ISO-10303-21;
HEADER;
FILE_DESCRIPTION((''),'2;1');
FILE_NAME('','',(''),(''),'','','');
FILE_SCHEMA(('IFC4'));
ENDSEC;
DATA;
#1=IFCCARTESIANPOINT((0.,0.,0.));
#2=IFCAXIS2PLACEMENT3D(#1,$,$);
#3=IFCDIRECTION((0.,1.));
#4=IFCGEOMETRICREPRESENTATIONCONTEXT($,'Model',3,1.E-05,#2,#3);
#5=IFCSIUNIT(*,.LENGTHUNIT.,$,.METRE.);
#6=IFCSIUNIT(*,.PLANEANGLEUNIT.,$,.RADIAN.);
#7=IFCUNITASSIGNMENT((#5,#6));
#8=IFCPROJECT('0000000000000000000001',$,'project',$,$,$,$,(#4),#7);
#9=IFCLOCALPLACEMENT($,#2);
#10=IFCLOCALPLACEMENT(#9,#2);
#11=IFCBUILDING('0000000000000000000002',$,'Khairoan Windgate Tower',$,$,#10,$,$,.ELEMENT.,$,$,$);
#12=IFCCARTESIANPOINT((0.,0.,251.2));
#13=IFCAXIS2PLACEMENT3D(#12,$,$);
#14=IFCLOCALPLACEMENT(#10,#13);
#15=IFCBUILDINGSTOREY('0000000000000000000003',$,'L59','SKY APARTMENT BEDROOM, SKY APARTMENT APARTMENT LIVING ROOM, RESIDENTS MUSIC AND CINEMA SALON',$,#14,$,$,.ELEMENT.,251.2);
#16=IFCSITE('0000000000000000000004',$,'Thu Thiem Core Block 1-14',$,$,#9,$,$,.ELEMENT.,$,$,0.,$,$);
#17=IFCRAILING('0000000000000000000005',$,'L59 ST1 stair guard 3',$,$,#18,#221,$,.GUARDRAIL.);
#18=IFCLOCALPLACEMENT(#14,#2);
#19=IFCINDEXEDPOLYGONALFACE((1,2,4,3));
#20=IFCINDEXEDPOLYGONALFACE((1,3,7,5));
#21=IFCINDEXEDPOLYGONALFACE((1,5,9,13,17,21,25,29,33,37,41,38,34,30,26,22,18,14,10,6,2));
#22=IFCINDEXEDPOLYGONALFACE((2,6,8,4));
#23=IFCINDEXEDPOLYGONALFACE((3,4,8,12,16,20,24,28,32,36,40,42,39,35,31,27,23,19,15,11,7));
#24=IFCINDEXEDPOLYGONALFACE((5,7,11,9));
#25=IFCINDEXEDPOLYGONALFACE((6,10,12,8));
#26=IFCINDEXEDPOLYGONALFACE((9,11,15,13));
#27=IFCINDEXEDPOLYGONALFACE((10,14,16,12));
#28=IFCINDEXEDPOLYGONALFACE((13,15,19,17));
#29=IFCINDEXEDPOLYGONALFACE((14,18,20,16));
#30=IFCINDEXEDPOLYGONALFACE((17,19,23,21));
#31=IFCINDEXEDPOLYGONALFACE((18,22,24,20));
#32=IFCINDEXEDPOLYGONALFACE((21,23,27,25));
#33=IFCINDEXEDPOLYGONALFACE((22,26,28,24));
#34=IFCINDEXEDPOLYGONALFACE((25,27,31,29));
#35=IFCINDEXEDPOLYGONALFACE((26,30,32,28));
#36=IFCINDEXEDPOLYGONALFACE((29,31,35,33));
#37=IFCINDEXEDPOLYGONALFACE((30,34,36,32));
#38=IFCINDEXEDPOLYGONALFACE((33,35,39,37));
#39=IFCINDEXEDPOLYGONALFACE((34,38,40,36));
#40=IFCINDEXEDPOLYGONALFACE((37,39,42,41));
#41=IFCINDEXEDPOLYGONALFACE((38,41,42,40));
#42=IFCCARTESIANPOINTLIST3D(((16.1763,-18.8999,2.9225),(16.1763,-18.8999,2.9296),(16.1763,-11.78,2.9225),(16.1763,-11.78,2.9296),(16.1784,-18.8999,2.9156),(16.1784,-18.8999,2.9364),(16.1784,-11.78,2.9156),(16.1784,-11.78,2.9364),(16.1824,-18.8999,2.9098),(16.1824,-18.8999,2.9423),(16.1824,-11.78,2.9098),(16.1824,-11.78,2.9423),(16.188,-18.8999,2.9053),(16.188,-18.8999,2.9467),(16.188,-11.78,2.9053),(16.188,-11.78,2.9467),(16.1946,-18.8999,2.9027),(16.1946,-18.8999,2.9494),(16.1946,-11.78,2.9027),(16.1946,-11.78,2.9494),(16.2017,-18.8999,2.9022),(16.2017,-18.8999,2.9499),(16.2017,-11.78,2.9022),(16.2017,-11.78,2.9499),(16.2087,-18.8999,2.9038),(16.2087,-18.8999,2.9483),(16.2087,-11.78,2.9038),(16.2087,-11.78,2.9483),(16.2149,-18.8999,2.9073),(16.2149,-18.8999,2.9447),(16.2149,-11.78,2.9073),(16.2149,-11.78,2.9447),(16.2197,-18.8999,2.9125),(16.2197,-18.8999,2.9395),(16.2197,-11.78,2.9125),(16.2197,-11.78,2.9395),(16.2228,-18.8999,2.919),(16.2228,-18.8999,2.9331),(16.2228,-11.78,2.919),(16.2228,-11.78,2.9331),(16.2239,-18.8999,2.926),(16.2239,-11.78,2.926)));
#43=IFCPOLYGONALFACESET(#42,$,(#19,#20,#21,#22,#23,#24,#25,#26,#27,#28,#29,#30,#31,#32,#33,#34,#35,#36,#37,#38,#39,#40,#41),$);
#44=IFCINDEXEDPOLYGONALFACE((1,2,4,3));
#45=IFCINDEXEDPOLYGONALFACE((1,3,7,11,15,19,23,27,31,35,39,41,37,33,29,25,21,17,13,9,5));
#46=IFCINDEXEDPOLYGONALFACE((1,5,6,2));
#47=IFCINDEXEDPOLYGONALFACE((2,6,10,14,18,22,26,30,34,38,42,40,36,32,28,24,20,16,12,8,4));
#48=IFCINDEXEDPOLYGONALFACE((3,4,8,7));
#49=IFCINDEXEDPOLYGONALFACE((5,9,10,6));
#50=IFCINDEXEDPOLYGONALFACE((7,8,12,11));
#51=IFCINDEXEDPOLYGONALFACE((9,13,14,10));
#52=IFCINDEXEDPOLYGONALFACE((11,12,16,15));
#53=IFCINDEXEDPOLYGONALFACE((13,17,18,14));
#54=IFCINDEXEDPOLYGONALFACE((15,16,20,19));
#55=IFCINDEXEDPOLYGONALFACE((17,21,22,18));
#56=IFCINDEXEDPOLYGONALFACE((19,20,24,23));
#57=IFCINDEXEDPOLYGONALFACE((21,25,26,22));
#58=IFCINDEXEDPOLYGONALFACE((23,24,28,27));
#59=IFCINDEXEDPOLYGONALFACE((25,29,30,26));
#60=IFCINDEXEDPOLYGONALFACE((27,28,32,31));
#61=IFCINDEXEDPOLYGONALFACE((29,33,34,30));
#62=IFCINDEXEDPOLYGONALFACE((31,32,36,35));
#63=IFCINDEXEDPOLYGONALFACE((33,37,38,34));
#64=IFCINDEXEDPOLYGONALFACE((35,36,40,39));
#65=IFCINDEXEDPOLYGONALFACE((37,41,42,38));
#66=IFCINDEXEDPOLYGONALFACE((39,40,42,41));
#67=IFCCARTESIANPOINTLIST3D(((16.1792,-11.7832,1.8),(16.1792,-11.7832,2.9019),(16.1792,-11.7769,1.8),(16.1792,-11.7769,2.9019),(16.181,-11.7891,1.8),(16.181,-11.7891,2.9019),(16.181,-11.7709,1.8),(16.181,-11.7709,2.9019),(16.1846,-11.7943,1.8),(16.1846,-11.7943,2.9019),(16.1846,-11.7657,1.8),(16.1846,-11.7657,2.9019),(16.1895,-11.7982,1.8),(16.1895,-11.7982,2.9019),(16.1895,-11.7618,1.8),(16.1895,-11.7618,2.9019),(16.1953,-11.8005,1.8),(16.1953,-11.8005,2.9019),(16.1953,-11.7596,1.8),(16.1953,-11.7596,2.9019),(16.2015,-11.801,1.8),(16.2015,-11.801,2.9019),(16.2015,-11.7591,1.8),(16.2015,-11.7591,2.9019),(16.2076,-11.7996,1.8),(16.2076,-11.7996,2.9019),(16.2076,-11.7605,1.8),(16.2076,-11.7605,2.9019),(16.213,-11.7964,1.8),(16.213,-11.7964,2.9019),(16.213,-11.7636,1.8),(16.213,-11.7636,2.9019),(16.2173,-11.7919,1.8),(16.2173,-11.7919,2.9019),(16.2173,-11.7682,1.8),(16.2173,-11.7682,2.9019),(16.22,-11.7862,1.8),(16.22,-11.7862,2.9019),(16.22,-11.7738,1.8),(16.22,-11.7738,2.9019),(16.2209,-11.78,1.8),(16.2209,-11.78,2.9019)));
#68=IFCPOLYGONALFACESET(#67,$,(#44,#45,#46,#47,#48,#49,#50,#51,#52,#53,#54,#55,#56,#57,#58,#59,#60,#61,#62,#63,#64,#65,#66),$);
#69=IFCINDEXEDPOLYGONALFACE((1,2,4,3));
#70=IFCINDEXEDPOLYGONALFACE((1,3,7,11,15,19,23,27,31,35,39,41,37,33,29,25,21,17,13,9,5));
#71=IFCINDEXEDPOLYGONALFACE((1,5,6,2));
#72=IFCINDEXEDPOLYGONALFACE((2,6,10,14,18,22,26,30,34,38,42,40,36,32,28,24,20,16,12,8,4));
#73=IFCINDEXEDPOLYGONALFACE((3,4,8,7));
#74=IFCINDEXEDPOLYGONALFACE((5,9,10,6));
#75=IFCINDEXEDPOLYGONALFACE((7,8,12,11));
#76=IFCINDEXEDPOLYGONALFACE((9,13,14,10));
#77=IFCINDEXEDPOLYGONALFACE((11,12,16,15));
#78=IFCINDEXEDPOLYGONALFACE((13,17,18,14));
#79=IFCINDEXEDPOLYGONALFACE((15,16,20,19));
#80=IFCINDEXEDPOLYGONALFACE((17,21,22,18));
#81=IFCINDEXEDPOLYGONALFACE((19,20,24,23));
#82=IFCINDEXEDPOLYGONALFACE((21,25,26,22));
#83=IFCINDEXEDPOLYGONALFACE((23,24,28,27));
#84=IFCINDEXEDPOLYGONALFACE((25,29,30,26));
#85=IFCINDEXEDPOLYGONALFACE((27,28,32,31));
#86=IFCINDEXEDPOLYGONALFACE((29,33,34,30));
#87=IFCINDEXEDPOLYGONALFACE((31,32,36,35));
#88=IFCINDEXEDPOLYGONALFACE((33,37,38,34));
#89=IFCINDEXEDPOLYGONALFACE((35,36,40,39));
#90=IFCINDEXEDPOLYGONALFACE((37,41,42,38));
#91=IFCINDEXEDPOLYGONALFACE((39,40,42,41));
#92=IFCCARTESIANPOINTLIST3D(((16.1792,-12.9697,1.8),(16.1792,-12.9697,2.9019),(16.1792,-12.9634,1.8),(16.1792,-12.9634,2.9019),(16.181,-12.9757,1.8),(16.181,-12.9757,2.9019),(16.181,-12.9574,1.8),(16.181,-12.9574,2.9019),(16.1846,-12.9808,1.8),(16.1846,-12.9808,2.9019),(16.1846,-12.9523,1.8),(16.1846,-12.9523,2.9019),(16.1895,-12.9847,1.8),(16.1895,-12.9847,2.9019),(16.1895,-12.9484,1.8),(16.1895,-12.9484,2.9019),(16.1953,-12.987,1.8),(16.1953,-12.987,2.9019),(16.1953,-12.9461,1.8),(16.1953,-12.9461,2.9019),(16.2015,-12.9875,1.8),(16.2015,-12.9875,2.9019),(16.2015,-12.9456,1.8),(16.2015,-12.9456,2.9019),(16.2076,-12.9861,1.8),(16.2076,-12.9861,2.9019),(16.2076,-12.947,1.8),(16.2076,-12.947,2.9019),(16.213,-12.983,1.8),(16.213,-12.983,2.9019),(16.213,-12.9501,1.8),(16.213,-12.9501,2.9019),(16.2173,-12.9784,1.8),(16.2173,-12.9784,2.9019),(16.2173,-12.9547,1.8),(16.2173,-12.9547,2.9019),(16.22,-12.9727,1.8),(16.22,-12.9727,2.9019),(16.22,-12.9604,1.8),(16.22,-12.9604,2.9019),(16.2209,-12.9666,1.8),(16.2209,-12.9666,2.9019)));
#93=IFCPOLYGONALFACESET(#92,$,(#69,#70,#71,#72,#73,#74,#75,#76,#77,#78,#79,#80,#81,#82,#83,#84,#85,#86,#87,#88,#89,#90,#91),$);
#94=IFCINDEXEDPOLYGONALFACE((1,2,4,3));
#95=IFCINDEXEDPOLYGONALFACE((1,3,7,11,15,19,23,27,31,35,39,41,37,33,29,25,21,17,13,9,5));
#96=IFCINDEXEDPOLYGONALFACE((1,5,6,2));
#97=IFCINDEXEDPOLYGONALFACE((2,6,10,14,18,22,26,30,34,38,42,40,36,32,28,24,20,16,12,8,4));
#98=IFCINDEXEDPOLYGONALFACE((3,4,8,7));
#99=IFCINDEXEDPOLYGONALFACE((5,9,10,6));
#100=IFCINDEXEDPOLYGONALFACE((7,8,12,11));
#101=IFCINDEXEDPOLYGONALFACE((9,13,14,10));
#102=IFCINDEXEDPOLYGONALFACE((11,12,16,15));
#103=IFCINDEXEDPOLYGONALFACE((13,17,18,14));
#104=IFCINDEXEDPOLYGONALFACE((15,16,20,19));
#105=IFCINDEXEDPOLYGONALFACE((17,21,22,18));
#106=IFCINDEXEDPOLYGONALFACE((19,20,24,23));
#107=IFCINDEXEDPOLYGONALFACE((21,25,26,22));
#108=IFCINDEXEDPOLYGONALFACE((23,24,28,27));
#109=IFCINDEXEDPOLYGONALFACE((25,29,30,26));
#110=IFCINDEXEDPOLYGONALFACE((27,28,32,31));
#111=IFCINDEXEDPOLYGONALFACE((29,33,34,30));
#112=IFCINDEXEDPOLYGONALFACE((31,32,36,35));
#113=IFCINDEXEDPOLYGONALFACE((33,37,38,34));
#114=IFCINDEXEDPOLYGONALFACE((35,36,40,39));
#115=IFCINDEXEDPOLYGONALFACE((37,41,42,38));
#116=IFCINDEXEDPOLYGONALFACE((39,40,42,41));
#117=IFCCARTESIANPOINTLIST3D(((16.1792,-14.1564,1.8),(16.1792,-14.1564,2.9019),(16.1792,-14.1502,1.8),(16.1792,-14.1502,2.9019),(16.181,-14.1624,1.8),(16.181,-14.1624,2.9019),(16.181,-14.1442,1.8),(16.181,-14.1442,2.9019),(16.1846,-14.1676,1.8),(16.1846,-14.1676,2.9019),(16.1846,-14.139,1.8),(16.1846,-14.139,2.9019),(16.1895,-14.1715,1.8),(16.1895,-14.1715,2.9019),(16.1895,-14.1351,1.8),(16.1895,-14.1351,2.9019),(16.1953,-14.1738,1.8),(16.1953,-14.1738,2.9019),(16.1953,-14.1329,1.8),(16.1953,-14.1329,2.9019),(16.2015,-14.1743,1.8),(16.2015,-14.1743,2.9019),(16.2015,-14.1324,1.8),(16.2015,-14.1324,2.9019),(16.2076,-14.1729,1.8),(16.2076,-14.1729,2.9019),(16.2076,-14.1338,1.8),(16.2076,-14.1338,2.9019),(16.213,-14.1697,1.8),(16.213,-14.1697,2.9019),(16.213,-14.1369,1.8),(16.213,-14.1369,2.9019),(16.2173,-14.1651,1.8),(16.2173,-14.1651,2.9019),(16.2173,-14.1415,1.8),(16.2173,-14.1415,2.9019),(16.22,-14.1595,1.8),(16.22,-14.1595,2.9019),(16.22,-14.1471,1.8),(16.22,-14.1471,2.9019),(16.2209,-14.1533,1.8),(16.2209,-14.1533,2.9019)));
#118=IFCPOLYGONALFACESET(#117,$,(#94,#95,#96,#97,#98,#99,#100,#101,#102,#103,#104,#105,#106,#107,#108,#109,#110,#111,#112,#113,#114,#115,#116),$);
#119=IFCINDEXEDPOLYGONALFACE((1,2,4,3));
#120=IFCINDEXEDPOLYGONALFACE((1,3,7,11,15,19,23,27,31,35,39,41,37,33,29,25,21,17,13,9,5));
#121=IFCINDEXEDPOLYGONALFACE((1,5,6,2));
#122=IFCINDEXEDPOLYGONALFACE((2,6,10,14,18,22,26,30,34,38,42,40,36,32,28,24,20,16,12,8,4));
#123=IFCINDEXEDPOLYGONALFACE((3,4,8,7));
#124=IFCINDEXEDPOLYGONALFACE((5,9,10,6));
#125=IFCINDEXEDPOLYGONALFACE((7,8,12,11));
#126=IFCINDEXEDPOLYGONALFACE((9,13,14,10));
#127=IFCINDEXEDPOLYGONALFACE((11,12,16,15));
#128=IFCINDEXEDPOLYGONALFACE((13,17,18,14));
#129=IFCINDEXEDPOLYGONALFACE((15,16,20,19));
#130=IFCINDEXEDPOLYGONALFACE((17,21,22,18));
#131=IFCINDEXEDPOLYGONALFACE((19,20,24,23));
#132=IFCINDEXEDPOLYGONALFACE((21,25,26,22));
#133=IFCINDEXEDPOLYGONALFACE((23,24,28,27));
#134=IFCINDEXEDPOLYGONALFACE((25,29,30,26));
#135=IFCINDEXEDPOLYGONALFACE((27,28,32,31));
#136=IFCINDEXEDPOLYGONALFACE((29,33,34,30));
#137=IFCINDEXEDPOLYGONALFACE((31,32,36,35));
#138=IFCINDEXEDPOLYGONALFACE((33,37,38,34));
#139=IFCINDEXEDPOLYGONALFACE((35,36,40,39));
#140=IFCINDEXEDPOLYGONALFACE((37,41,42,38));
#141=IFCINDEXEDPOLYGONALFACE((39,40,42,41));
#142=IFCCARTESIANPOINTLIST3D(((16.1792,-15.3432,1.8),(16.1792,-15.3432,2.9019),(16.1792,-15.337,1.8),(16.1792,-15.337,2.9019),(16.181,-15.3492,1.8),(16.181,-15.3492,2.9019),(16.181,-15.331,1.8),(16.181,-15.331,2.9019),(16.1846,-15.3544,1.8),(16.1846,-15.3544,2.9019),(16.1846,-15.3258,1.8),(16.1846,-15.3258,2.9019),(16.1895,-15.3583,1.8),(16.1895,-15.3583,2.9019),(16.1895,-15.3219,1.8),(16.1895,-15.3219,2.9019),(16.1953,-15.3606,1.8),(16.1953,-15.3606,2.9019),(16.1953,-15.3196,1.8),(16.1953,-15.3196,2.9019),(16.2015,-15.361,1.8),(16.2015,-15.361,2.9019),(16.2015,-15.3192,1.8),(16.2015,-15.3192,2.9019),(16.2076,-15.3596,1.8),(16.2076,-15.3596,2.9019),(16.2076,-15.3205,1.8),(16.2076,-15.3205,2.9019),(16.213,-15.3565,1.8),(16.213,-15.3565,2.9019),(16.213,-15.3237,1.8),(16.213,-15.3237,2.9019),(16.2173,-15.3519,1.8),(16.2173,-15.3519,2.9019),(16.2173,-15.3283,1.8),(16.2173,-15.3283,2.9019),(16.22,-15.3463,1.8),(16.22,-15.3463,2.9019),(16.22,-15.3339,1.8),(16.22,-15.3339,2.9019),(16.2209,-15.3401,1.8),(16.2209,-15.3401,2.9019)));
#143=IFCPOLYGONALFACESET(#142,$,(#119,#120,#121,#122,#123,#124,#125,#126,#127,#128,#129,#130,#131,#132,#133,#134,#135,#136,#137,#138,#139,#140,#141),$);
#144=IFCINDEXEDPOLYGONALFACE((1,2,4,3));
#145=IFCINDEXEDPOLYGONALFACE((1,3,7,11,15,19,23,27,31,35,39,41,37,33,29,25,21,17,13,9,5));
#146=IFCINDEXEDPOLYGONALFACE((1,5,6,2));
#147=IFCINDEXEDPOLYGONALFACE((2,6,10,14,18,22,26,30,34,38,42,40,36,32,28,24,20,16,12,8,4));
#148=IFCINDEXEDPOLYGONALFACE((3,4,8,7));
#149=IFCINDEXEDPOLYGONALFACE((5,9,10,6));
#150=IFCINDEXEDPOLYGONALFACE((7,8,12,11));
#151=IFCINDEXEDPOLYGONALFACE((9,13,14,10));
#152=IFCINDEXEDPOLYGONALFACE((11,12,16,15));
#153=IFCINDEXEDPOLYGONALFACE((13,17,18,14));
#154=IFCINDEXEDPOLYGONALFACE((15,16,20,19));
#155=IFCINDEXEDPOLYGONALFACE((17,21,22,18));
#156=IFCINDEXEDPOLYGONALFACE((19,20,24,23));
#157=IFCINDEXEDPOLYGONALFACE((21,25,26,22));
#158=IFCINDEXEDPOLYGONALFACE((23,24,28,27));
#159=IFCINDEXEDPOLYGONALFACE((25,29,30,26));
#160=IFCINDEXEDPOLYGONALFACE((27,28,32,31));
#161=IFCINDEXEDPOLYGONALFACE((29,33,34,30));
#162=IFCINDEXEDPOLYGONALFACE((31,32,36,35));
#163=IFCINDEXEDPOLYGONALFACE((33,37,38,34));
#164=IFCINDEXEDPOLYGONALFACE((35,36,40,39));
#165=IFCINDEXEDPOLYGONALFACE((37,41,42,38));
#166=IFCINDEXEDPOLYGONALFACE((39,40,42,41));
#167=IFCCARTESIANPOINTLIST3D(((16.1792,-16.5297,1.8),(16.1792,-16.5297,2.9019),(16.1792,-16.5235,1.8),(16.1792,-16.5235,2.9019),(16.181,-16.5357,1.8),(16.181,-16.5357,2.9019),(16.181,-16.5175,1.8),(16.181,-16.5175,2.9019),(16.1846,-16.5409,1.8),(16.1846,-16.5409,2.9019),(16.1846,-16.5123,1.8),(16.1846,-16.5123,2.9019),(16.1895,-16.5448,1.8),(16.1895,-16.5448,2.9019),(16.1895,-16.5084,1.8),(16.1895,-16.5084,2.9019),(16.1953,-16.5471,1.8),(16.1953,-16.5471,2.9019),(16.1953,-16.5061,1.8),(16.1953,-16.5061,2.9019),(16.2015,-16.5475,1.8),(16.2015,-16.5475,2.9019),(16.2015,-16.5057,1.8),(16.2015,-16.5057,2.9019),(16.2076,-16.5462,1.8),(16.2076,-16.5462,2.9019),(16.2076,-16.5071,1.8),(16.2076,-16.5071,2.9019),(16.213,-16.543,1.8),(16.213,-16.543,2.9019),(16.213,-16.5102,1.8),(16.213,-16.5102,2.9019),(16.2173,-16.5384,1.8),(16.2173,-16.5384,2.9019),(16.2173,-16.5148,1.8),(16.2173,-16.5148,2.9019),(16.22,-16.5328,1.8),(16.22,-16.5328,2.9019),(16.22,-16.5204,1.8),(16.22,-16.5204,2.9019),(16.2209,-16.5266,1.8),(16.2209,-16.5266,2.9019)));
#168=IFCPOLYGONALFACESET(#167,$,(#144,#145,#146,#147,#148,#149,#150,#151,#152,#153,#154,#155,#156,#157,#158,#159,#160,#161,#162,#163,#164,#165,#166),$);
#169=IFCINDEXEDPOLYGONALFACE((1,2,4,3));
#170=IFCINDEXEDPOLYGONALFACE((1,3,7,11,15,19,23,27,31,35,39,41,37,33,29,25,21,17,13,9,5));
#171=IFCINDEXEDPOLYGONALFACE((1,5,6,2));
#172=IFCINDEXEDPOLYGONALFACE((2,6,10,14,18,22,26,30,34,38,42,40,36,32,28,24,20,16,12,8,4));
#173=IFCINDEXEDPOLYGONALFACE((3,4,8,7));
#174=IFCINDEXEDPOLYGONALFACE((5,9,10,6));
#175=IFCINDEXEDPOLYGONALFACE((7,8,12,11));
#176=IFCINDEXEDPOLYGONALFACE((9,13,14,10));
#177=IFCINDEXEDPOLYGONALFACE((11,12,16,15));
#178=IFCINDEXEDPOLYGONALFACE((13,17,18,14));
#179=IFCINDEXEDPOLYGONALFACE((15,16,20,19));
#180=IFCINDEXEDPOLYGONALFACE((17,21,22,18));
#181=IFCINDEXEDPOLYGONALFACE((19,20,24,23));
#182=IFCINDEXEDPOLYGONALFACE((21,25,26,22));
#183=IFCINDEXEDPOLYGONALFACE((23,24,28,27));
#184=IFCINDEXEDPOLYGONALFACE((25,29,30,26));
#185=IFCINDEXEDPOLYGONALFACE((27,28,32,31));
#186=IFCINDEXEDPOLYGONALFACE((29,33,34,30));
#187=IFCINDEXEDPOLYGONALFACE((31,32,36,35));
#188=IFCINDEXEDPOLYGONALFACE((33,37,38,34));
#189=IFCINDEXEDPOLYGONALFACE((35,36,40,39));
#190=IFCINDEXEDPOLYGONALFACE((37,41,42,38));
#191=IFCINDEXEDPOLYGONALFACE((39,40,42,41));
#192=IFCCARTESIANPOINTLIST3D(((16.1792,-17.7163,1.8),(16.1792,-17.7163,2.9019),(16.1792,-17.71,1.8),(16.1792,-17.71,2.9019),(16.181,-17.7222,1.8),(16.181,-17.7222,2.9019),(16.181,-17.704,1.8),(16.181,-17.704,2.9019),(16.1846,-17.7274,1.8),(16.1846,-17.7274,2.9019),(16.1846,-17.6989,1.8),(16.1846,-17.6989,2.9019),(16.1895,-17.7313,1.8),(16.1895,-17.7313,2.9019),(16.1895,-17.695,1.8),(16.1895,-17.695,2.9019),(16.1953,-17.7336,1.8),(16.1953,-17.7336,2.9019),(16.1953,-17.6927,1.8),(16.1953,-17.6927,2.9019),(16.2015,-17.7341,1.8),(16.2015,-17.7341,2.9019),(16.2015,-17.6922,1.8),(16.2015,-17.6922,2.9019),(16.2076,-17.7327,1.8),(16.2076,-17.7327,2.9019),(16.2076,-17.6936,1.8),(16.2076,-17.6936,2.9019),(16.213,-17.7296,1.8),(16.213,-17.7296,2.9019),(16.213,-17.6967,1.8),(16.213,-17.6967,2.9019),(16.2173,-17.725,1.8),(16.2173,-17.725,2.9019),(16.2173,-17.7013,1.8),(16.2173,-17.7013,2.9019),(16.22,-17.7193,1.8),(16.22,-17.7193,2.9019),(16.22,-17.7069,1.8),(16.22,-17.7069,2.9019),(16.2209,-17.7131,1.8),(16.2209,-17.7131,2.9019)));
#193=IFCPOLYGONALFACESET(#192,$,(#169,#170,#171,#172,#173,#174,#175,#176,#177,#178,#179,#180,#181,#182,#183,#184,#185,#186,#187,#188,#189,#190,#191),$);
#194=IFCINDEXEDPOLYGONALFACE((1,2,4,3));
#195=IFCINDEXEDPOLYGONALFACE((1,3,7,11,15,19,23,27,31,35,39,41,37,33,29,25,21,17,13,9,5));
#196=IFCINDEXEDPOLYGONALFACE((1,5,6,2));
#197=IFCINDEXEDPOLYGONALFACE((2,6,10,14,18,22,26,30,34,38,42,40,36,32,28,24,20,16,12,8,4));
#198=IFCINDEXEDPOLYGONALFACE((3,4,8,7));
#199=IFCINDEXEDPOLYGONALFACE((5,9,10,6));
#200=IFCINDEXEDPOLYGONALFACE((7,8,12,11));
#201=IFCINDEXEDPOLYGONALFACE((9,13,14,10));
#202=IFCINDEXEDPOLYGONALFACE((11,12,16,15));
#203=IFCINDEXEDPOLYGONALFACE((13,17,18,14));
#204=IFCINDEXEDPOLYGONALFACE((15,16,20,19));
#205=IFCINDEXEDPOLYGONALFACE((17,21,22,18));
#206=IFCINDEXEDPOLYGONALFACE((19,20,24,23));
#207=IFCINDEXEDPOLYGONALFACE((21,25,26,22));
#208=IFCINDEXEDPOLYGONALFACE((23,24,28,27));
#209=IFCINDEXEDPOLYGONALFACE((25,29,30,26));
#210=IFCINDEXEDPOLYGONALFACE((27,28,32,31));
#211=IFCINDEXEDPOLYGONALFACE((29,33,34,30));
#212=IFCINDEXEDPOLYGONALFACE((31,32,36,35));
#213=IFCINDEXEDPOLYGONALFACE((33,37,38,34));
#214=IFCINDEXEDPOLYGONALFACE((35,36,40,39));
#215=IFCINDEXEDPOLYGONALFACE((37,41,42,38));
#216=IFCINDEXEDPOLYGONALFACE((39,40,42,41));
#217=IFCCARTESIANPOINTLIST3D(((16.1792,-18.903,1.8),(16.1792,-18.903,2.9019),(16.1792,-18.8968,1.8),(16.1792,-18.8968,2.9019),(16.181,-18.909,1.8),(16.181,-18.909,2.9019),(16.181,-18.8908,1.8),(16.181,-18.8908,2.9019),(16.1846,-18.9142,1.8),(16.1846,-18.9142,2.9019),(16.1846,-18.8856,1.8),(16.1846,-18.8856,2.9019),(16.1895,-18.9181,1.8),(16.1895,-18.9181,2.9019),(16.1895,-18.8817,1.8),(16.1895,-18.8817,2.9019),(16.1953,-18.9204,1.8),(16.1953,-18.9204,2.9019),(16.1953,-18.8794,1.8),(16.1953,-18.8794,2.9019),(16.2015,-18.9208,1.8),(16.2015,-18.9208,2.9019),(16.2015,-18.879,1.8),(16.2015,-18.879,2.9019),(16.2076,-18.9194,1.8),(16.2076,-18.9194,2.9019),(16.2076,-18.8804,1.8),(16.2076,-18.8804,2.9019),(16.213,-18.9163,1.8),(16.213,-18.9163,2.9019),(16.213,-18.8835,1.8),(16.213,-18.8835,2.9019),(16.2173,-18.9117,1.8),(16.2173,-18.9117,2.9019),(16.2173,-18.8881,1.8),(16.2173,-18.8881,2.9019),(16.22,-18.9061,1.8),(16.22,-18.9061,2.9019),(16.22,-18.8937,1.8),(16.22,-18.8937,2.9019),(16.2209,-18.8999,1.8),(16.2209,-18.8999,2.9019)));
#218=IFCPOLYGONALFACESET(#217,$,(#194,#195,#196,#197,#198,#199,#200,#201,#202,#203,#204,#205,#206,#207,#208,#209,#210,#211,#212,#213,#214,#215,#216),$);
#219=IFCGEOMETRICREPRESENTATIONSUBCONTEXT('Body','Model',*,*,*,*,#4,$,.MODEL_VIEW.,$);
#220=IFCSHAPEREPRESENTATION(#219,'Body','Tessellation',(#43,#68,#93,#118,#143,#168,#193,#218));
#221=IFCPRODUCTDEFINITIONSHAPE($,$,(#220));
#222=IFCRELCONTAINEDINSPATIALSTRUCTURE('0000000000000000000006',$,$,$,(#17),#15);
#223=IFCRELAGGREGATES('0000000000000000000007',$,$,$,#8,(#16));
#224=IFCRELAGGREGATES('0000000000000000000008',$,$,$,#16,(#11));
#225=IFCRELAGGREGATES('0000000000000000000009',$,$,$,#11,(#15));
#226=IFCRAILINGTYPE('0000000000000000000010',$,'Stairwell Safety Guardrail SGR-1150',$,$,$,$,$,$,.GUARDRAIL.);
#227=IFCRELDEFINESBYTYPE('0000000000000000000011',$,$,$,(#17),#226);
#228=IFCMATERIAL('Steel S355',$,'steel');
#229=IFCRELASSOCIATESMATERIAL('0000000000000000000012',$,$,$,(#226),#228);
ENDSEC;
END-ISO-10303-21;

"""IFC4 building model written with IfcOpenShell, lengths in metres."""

from ifc_helpers import new_model, si_unit, direction, frame, origin, origin_2d, place, context, subcontext, project, spatial, circle, extrude, material, type_object, element, save


model = new_model("IFC4")

# Units and contexts
model_context = context("Model", 3, precision=1e-05, world=origin(), true_north=direction((0.0, 1.0)))
body_context = subcontext(model_context, "Body", "Model", "MODEL_VIEW")
ifc_project = project(units=[si_unit("LENGTHUNIT", "METRE"), si_unit("PLANEANGLEUNIT", "RADIAN")], contexts=[model_context])

# Site, building, storey
site_placement = place(None, origin())
site = spatial("IfcSite", under=ifc_project, at=site_placement, Name="Thu Thiem Core Block 1-14", CompositionType="ELEMENT", RefElevation=0.0)
building_placement = place(site_placement, origin())
building = spatial("IfcBuilding", under=site, at=building_placement, Name="Khairoan Windgate Tower", CompositionType="ELEMENT")
storey_placement = place(building_placement, frame((0.0, 0.0, 251.2)))
storey = spatial("IfcBuildingStorey", under=building, at=storey_placement, Name="L59", Description="SKY APARTMENT BEDROOM, SKY APARTMENT APARTMENT LIVING ROOM, RESIDENTS MUSIC AND CINEMA SALON", CompositionType="ELEMENT", Elevation=251.2)

# Railing
ifc_material_1 = material(Name="Steel S355", Category="steel")
railing_type_1 = type_object("IfcRailingType", Name="Stairwell Safety Guardrail SGR-1150", PredefinedType="GUARDRAIL", material=ifc_material_1)
railing_1_placement = place(storey_placement, frame((16.2, -11.78, 1.8)))
element("IfcRailing", 1, at=railing_1_placement, inside=storey, type_object=railing_type_1, Name="L59 ST1 stair guard 3", PredefinedType="GUARDRAIL", context=body_context, shape_type="SweptSolid", body=[
    extrude(circle(Radius=0.0239, at=origin_2d()), frame((0.0, 0.0, 1.126), z_axis=(0.0, -1.0, 0.0), x_axis=(1.0, 0.0, 0.0)), (0.0, 0.0, 1.0), 7.1199),
    extrude(circle(Radius=0.021, at=origin_2d()), origin(), (0.0, 0.0, 1.0), 1.1018),
    extrude(circle(Radius=0.021, at=origin_2d()), frame((0.0, -1.1865, 0.0)), (0.0, 0.0, 1.0), 1.1018),
    extrude(circle(Radius=0.021, at=origin_2d()), frame((0.0, -2.3733, 0.0)), (0.0, 0.0, 1.0), 1.1018),
    extrude(circle(Radius=0.021, at=origin_2d()), frame((0.0, -3.5601, 0.0)), (0.0, 0.0, 1.0), 1.1018),
    extrude(circle(Radius=0.021, at=origin_2d()), frame((0.0, -4.7466, 0.0)), (0.0, 0.0, 1.0), 1.1018),
    extrude(circle(Radius=0.021, at=origin_2d()), frame((0.0, -5.9331, 0.0)), (0.0, 0.0, 1.0), 1.1018),
    extrude(circle(Radius=0.021, at=origin_2d()), frame((0.0, -7.1199, 0.0)), (0.0, 0.0, 1.0), 1.1018),
])

save(model, "model.ifc")
